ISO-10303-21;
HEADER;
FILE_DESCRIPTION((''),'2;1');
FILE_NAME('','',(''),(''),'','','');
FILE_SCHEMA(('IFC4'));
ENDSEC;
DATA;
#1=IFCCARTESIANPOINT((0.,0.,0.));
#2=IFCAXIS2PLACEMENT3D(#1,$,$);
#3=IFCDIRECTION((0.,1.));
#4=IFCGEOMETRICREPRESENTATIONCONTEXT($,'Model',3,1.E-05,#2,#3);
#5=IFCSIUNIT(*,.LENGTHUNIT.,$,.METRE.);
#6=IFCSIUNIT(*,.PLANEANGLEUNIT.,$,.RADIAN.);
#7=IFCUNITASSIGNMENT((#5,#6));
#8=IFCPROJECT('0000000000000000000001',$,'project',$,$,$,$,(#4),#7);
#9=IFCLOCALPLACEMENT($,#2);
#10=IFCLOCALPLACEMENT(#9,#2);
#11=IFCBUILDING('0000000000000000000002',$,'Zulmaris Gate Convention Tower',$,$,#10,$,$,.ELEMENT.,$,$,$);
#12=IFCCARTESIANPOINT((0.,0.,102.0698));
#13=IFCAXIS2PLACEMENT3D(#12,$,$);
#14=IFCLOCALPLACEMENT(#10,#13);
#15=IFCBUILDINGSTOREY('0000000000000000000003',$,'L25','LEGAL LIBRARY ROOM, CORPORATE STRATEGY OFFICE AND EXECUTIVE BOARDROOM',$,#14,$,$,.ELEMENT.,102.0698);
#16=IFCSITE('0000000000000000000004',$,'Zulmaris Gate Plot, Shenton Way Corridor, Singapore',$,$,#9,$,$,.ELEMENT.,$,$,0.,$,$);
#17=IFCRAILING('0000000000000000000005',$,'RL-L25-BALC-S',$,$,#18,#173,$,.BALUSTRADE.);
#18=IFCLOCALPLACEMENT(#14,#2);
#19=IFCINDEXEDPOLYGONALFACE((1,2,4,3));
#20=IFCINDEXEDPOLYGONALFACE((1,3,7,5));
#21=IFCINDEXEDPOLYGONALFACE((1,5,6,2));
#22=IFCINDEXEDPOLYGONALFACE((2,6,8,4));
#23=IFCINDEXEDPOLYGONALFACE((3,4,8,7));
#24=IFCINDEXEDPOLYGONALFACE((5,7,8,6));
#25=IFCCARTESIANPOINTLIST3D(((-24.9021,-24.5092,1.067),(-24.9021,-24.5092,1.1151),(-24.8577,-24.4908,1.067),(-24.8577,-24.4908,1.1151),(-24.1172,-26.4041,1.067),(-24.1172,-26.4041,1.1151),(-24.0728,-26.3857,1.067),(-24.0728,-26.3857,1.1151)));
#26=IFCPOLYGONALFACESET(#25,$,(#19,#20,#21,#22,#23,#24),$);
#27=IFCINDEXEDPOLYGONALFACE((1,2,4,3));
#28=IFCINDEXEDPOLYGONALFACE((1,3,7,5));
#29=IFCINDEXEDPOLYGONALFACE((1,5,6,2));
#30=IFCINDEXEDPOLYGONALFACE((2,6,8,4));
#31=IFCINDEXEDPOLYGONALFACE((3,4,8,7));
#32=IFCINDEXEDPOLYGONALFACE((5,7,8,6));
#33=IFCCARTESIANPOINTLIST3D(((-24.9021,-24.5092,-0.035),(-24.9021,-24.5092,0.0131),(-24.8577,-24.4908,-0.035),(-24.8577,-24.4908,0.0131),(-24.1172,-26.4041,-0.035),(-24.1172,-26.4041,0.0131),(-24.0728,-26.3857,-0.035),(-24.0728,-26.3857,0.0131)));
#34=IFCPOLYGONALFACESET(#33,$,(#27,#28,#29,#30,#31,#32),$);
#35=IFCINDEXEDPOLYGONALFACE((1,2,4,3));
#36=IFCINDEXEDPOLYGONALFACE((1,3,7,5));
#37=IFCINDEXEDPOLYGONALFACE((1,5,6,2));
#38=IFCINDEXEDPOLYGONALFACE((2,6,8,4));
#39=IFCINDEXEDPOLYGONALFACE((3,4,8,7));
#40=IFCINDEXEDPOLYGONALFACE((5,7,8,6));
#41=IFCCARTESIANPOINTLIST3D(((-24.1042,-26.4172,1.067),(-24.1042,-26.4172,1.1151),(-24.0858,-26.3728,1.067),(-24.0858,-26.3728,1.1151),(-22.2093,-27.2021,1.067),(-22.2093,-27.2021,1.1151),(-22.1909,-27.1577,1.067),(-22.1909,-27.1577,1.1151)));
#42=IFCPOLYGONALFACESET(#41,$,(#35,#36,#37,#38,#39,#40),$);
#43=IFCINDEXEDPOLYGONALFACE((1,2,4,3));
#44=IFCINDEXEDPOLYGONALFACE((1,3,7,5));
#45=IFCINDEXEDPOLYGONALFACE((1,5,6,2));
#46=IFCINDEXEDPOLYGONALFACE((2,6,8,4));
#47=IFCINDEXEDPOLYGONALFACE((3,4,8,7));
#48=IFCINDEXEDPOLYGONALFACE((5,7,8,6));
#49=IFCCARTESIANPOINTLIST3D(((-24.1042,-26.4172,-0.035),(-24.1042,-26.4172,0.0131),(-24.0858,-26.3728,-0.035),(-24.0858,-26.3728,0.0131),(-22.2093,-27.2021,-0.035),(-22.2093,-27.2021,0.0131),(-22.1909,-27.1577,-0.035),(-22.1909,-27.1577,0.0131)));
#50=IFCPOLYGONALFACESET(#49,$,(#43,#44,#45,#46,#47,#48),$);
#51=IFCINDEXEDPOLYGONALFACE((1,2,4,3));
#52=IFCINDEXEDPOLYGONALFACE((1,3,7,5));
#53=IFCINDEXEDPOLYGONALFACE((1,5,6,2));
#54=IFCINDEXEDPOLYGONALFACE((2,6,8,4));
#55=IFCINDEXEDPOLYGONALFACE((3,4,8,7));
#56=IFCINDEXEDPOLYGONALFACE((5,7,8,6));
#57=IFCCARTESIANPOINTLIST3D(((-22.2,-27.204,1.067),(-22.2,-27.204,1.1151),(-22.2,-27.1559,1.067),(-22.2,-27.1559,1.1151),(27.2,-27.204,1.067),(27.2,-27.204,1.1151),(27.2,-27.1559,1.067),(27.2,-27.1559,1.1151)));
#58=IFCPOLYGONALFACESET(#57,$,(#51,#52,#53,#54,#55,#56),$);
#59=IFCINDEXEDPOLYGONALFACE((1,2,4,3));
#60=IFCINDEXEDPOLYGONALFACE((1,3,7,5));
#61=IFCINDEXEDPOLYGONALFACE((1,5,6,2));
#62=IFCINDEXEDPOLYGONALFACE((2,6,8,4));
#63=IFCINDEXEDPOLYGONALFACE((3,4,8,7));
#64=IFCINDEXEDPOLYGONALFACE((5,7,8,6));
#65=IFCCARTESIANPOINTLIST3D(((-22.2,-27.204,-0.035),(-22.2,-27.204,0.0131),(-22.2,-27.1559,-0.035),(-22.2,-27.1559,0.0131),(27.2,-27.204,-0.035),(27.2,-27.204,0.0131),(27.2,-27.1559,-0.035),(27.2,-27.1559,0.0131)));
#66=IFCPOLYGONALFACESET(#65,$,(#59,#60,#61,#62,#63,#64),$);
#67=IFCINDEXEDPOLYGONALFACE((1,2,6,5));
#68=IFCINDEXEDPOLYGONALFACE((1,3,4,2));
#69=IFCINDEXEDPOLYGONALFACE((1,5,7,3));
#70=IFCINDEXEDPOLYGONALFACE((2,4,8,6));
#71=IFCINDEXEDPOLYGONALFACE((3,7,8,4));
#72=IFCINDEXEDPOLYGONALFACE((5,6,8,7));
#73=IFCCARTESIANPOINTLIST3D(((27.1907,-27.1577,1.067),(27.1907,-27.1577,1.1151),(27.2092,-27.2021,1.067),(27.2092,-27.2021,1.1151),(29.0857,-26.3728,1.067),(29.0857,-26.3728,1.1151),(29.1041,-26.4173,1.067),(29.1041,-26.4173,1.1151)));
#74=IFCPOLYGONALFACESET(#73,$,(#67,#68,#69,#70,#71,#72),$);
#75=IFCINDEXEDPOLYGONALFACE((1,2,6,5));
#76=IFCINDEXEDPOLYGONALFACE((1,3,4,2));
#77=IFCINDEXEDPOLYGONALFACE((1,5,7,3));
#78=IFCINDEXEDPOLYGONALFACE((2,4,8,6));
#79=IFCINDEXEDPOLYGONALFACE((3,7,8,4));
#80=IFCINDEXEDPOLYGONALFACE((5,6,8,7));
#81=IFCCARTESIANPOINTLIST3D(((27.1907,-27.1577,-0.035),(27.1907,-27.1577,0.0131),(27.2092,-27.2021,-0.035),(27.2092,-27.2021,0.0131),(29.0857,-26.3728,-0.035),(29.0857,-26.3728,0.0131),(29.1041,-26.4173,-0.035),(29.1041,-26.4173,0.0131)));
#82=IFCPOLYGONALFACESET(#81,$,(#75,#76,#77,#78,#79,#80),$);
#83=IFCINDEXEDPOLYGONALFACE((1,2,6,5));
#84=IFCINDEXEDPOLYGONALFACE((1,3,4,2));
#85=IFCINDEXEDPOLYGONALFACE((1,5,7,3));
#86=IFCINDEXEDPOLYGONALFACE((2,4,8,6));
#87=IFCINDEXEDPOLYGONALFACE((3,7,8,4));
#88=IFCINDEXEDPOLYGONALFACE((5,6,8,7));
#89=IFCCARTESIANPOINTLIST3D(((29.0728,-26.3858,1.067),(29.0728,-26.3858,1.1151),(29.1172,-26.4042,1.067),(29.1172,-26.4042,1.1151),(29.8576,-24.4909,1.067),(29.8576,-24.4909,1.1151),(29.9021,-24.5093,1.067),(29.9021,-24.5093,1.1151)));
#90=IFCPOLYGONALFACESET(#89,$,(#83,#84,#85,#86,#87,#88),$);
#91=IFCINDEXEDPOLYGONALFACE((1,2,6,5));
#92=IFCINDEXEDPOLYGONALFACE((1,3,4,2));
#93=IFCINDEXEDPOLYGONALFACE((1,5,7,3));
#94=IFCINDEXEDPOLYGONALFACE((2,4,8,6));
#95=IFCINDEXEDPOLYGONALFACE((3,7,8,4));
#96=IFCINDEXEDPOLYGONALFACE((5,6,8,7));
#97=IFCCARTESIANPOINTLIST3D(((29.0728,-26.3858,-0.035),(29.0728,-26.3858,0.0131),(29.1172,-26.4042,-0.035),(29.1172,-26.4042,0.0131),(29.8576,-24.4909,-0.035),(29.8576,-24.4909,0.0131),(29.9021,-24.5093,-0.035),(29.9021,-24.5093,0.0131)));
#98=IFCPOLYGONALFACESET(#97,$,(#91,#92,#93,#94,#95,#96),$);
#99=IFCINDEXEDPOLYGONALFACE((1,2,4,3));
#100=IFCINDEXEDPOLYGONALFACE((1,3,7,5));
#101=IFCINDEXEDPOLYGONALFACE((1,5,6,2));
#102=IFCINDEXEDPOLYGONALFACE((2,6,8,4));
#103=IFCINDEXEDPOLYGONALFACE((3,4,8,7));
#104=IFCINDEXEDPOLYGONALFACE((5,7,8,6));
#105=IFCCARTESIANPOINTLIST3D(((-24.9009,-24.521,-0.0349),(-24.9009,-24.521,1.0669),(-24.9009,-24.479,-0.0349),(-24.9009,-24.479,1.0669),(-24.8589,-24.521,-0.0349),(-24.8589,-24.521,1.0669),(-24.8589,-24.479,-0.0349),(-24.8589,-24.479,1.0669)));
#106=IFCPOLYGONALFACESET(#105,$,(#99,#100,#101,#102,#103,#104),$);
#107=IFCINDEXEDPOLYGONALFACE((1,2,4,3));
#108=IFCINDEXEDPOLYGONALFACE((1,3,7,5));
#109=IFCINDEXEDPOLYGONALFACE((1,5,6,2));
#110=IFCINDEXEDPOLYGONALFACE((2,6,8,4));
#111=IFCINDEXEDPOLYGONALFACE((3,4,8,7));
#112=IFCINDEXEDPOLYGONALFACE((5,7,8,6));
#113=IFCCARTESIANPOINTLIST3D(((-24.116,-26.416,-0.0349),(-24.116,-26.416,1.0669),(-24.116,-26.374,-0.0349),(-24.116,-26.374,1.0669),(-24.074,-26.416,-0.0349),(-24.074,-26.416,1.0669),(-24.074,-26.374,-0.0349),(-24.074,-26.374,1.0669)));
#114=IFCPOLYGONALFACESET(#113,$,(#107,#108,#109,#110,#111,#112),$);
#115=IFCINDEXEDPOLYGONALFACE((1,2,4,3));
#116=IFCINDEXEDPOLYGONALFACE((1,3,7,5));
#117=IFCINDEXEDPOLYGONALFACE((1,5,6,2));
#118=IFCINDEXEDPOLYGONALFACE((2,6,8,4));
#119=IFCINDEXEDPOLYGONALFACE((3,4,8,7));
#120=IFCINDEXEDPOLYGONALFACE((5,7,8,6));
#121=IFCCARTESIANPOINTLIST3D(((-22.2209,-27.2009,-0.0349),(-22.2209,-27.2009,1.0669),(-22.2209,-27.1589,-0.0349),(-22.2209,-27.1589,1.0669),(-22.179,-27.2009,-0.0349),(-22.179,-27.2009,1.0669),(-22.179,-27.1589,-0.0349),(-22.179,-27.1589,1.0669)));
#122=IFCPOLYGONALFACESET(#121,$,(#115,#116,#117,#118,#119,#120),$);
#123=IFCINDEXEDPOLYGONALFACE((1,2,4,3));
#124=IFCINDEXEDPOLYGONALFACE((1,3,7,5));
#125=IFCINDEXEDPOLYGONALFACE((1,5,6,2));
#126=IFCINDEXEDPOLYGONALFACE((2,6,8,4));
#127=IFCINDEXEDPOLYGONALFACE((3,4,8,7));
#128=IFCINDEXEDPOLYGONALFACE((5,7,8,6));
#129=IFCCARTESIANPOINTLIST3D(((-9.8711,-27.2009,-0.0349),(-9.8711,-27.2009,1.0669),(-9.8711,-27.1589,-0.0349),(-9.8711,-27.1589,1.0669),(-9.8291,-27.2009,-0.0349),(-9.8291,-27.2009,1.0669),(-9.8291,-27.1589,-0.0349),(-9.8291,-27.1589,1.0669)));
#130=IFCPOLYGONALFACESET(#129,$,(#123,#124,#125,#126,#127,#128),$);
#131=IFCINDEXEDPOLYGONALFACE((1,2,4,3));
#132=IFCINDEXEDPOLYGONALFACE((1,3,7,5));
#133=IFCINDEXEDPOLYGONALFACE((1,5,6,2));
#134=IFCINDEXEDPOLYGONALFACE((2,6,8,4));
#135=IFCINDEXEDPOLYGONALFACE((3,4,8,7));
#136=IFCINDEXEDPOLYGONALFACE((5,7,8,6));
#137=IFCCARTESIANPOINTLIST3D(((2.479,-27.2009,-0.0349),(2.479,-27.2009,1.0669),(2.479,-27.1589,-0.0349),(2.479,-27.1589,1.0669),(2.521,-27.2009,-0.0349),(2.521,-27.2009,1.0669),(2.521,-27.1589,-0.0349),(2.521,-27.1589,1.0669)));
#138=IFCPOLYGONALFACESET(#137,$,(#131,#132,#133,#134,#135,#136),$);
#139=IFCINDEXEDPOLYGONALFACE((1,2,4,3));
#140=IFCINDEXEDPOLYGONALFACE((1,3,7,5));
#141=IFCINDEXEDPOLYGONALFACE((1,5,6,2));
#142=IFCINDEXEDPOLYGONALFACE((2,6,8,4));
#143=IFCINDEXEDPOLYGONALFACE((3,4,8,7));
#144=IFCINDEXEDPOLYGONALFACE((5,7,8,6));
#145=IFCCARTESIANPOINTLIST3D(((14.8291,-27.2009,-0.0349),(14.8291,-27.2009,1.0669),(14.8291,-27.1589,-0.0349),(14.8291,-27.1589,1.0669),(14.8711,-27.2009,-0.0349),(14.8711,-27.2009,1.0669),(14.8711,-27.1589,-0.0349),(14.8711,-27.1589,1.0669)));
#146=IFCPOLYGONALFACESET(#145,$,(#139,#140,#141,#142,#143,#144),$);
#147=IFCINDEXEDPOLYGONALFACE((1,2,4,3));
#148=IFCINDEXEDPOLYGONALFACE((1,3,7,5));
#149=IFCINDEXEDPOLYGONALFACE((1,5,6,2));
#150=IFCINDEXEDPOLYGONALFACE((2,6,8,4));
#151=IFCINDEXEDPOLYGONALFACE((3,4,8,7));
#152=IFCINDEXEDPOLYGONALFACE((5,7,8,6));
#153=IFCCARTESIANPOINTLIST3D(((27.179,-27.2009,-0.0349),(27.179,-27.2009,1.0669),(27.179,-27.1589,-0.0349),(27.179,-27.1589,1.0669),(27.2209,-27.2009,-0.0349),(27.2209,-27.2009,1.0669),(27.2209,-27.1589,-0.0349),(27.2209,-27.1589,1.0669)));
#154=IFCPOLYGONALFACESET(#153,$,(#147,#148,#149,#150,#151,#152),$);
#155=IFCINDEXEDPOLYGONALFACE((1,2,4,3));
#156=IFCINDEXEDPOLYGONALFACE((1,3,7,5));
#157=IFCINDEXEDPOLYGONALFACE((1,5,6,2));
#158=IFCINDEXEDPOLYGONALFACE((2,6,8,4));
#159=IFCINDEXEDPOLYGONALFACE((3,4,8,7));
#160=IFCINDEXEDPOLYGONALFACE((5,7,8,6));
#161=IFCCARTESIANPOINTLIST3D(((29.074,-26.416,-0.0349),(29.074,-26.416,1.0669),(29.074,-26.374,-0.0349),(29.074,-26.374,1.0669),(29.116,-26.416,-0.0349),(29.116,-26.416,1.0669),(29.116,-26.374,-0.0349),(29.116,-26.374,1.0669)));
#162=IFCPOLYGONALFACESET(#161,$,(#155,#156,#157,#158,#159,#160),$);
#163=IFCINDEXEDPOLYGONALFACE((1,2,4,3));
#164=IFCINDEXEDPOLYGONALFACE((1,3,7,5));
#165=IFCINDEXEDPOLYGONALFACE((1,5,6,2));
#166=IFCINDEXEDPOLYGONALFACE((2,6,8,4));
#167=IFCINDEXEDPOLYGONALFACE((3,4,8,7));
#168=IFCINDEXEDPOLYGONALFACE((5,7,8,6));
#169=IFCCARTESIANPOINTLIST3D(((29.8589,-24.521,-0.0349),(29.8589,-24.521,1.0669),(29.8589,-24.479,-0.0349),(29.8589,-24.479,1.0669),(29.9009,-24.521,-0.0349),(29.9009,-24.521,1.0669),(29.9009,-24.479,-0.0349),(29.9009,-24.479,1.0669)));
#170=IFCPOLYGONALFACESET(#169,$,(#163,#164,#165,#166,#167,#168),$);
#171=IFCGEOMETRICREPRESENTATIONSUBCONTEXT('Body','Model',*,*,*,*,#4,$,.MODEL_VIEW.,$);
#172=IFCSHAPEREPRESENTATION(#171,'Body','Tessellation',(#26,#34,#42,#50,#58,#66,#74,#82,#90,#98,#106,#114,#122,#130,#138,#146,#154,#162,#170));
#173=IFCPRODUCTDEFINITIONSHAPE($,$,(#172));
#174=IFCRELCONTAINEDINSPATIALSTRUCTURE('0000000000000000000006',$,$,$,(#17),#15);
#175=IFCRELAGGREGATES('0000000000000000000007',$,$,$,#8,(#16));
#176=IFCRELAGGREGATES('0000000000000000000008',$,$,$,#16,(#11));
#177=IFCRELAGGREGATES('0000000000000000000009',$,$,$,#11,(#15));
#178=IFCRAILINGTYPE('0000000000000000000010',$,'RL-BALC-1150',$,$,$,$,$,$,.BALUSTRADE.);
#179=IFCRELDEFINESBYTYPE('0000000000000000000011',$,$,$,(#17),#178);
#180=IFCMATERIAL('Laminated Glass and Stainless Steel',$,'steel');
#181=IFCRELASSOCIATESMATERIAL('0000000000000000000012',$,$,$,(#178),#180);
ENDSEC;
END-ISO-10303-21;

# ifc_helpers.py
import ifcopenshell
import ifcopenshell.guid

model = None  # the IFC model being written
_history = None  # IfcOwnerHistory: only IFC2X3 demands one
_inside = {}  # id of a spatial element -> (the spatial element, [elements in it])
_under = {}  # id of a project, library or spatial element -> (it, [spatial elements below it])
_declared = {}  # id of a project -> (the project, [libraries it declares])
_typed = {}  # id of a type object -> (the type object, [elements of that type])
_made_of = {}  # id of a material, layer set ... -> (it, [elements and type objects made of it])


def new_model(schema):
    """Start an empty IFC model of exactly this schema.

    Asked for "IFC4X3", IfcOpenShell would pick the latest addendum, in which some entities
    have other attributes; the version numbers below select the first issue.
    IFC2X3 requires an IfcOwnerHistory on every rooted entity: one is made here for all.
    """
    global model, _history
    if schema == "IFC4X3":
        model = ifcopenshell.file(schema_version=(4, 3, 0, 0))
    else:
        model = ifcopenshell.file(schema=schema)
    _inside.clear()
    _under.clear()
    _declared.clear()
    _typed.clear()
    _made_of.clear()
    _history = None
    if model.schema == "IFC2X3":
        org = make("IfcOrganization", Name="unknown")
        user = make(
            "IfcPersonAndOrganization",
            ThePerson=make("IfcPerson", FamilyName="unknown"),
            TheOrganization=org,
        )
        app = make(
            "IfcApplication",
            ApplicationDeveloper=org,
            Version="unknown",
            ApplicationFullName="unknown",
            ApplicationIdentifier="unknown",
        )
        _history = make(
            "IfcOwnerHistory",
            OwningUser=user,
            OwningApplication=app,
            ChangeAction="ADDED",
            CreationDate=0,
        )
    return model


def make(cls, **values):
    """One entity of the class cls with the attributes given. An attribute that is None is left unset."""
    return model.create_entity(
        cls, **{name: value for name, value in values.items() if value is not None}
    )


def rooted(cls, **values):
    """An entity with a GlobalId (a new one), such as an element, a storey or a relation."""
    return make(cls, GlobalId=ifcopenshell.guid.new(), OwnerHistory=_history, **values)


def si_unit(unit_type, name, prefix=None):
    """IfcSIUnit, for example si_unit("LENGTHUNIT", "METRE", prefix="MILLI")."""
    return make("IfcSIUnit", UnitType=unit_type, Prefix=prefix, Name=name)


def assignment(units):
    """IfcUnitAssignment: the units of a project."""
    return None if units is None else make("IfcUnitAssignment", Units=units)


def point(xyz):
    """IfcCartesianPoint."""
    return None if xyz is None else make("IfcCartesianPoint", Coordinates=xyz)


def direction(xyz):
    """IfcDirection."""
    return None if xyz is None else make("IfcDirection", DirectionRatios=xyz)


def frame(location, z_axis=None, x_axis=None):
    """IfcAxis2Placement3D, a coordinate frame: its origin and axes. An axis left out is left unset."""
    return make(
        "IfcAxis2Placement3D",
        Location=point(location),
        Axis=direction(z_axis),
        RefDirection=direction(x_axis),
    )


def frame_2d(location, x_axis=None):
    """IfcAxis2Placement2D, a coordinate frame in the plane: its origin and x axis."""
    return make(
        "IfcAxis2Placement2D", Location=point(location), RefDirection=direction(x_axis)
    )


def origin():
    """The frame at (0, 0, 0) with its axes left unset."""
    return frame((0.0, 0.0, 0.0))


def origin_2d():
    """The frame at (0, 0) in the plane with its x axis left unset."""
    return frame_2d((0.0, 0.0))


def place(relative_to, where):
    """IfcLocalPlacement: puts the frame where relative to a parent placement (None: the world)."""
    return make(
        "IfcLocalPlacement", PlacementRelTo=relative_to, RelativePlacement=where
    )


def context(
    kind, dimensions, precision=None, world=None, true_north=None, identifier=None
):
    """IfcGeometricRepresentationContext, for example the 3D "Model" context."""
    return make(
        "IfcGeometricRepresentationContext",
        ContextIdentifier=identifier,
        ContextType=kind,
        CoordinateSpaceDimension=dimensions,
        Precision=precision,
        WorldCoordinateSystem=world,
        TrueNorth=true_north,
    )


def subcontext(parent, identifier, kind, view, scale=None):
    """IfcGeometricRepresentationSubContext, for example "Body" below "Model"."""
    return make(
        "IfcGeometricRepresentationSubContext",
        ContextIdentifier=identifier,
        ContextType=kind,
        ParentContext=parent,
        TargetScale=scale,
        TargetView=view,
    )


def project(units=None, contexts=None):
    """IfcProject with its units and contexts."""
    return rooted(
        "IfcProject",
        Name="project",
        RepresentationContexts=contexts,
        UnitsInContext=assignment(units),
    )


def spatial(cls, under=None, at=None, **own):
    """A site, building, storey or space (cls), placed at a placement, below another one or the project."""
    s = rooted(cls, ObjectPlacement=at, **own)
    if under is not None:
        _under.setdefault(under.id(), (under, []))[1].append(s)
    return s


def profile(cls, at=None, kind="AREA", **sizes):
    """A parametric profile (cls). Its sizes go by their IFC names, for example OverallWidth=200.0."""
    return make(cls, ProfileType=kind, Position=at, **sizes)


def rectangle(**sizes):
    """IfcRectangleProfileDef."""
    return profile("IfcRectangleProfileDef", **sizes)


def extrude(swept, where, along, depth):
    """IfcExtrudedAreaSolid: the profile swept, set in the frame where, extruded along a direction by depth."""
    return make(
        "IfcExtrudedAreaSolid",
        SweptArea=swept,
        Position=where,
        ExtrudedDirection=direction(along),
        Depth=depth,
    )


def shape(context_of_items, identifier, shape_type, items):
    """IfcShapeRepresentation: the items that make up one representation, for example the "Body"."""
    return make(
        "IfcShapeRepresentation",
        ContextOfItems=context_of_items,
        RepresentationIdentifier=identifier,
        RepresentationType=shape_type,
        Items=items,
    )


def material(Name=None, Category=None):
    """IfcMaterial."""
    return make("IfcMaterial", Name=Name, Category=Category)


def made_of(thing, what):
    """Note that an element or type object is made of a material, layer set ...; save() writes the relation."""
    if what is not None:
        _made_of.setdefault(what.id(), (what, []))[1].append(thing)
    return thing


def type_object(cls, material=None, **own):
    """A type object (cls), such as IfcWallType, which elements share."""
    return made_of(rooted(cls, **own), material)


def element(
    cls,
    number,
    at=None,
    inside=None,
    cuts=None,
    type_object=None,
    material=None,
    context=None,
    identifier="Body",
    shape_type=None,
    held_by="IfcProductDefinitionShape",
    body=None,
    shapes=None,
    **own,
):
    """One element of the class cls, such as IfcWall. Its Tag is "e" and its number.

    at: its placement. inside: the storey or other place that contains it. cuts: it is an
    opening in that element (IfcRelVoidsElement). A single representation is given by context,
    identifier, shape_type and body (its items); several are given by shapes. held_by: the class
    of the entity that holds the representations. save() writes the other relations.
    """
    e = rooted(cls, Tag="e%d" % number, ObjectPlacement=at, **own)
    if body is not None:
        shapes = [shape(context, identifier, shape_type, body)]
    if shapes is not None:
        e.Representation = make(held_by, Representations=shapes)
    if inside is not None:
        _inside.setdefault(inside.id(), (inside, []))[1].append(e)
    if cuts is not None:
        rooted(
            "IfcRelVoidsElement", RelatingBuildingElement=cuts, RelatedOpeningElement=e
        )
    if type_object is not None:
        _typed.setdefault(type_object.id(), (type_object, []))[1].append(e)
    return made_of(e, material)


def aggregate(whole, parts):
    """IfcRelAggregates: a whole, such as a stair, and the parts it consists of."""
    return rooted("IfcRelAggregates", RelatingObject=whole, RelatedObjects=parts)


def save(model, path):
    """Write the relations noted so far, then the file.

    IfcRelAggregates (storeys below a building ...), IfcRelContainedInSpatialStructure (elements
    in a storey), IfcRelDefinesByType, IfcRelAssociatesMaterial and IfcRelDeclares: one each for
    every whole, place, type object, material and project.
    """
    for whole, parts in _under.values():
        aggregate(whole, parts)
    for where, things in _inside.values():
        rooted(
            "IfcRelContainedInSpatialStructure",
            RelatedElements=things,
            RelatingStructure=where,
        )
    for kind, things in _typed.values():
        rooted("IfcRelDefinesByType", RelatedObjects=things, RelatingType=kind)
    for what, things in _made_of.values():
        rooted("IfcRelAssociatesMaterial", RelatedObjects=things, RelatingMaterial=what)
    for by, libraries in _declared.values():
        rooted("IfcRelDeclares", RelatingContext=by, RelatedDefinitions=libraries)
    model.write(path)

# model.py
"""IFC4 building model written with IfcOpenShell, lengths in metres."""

from ifc_helpers import new_model, si_unit, direction, frame, origin, origin_2d, place, context, subcontext, project, spatial, rectangle, extrude, material, type_object, element, save


model = new_model("IFC4")

# Units and contexts
model_context = context("Model", 3, precision=1e-05, world=origin(), true_north=direction((0.0, 1.0)))
body_context = subcontext(model_context, "Body", "Model", "MODEL_VIEW")
ifc_project = project(units=[si_unit("LENGTHUNIT", "METRE"), si_unit("PLANEANGLEUNIT", "RADIAN")], contexts=[model_context])

# Site, building, storey
site_placement = place(None, origin())
site = spatial("IfcSite", under=ifc_project, at=site_placement, Name="Zulmaris Gate Plot, Shenton Way Corridor, Singapore", CompositionType="ELEMENT", RefElevation=0.0)
building_placement = place(site_placement, origin())
building = spatial("IfcBuilding", under=site, at=building_placement, Name="Zulmaris Gate Convention Tower", CompositionType="ELEMENT")
storey_placement = place(building_placement, frame((0.0, 0.0, 102.0698)))
storey = spatial("IfcBuildingStorey", under=building, at=storey_placement, Name="L25", Description="LEGAL LIBRARY ROOM, CORPORATE STRATEGY OFFICE AND EXECUTIVE BOARDROOM", CompositionType="ELEMENT", Elevation=102.0698)

# Railing
ifc_material_1 = material(Name="Laminated Glass and Stainless Steel", Category="steel")
railing_type = type_object("IfcRailingType", Name="RL-BALC-1150", PredefinedType="BALUSTRADE", material=ifc_material_1)
railing_placement = place(storey_placement, frame((-24.8799, -24.5, -0.0349)))
element("IfcRailing", 1, at=railing_placement, inside=storey, type_object=railing_type, Name="RL-L25-BALC-S", PredefinedType="BALUSTRADE", context=body_context, shape_type="SweptSolid", body=[
    extrude(rectangle(XDim=0.0481, YDim=0.0481, at=origin_2d()), frame((0.0, 0.0, 1.126), z_axis=(0.382671, -0.923885, 0.0), x_axis=(0.923885, 0.382671, 0.0)), (0.0, 0.0, 1.0), 2.051),
    extrude(rectangle(XDim=0.0481, YDim=0.0481, at=origin_2d()), frame((0.0, 0.0, 0.0239), z_axis=(0.382671, -0.923885, 0.0), x_axis=(0.923885, 0.382671, 0.0)), (0.0, 0.0, 1.0), 2.051),
    extrude(rectangle(XDim=0.0481, YDim=0.0481, at=origin_2d()), frame((0.7849, -1.895, 1.126), z_axis=(0.923885, -0.382671, 0.0), x_axis=(0.382671, 0.923885, 0.0)), (0.0, 0.0, 1.0), 2.051),
    extrude(rectangle(XDim=0.0481, YDim=0.0481, at=origin_2d()), frame((0.7849, -1.895, 0.0239), z_axis=(0.923885, -0.382671, 0.0), x_axis=(0.382671, 0.923885, 0.0)), (0.0, 0.0, 1.0), 2.051),
    extrude(rectangle(XDim=0.0481, YDim=0.0481, at=origin_2d()), frame((2.6799, -2.6799, 1.126), z_axis=(1.0, 0.0, 0.0), x_axis=(0.0, 1.0, 0.0)), (0.0, 0.0, 1.0), 49.3999),
    extrude(rectangle(XDim=0.0481, YDim=0.0481, at=origin_2d()), frame((2.6799, -2.6799, 0.0239), z_axis=(1.0, 0.0, 0.0), x_axis=(0.0, 1.0, 0.0)), (0.0, 0.0, 1.0), 49.3999),
    extrude(rectangle(XDim=0.0481, YDim=0.0481, at=origin_2d()), frame((52.0798, -2.6799, 1.126), z_axis=(0.923885, 0.382671, 0.0), x_axis=(-0.382671, 0.923885, 0.0)), (0.0, 0.0, 1.0), 2.051),
    extrude(rectangle(XDim=0.0481, YDim=0.0481, at=origin_2d()), frame((52.0798, -2.6799, 0.0239), z_axis=(0.923885, 0.382671, 0.0), x_axis=(-0.382671, 0.923885, 0.0)), (0.0, 0.0, 1.0), 2.051),
    extrude(rectangle(XDim=0.0481, YDim=0.0481, at=origin_2d()), frame((53.9749, -1.895, 1.126), z_axis=(0.382671, 0.923885, 0.0), x_axis=(-0.923885, 0.382671, 0.0)), (0.0, 0.0, 1.0), 2.051),
    extrude(rectangle(XDim=0.0481, YDim=0.0481, at=origin_2d()), frame((53.9749, -1.895, 0.0239), z_axis=(0.382671, 0.923885, 0.0), x_axis=(-0.923885, 0.382671, 0.0)), (0.0, 0.0, 1.0), 2.051),
    extrude(rectangle(XDim=0.042, YDim=0.042, at=origin_2d()), origin(), (0.0, 0.0, 1.0), 1.1018),
    extrude(rectangle(XDim=0.042, YDim=0.042, at=origin_2d()), frame((0.7849, -1.895, 0.0)), (0.0, 0.0, 1.0), 1.1018),
    extrude(rectangle(XDim=0.042, YDim=0.042, at=origin_2d()), frame((2.6799, -2.6799, 0.0)), (0.0, 0.0, 1.0), 1.1018),
    extrude(rectangle(XDim=0.042, YDim=0.042, at=origin_2d()), frame((15.0298, -2.6799, 0.0)), (0.0, 0.0, 1.0), 1.1018),
    extrude(rectangle(XDim=0.042, YDim=0.042, at=origin_2d()), frame((27.3799, -2.6799, 0.0)), (0.0, 0.0, 1.0), 1.1018),
    extrude(rectangle(XDim=0.042, YDim=0.042, at=origin_2d()), frame((39.73, -2.6799, 0.0)), (0.0, 0.0, 1.0), 1.1018),
    extrude(rectangle(XDim=0.042, YDim=0.042, at=origin_2d()), frame((52.0798, -2.6799, 0.0)), (0.0, 0.0, 1.0), 1.1018),
    extrude(rectangle(XDim=0.042, YDim=0.042, at=origin_2d()), frame((53.9749, -1.895, 0.0)), (0.0, 0.0, 1.0), 1.1018),
    extrude(rectangle(XDim=0.042, YDim=0.042, at=origin_2d()), frame((54.7598, 0.0, 0.0)), (0.0, 0.0, 1.0), 1.1018),
])

save(model, "model.ifc")
